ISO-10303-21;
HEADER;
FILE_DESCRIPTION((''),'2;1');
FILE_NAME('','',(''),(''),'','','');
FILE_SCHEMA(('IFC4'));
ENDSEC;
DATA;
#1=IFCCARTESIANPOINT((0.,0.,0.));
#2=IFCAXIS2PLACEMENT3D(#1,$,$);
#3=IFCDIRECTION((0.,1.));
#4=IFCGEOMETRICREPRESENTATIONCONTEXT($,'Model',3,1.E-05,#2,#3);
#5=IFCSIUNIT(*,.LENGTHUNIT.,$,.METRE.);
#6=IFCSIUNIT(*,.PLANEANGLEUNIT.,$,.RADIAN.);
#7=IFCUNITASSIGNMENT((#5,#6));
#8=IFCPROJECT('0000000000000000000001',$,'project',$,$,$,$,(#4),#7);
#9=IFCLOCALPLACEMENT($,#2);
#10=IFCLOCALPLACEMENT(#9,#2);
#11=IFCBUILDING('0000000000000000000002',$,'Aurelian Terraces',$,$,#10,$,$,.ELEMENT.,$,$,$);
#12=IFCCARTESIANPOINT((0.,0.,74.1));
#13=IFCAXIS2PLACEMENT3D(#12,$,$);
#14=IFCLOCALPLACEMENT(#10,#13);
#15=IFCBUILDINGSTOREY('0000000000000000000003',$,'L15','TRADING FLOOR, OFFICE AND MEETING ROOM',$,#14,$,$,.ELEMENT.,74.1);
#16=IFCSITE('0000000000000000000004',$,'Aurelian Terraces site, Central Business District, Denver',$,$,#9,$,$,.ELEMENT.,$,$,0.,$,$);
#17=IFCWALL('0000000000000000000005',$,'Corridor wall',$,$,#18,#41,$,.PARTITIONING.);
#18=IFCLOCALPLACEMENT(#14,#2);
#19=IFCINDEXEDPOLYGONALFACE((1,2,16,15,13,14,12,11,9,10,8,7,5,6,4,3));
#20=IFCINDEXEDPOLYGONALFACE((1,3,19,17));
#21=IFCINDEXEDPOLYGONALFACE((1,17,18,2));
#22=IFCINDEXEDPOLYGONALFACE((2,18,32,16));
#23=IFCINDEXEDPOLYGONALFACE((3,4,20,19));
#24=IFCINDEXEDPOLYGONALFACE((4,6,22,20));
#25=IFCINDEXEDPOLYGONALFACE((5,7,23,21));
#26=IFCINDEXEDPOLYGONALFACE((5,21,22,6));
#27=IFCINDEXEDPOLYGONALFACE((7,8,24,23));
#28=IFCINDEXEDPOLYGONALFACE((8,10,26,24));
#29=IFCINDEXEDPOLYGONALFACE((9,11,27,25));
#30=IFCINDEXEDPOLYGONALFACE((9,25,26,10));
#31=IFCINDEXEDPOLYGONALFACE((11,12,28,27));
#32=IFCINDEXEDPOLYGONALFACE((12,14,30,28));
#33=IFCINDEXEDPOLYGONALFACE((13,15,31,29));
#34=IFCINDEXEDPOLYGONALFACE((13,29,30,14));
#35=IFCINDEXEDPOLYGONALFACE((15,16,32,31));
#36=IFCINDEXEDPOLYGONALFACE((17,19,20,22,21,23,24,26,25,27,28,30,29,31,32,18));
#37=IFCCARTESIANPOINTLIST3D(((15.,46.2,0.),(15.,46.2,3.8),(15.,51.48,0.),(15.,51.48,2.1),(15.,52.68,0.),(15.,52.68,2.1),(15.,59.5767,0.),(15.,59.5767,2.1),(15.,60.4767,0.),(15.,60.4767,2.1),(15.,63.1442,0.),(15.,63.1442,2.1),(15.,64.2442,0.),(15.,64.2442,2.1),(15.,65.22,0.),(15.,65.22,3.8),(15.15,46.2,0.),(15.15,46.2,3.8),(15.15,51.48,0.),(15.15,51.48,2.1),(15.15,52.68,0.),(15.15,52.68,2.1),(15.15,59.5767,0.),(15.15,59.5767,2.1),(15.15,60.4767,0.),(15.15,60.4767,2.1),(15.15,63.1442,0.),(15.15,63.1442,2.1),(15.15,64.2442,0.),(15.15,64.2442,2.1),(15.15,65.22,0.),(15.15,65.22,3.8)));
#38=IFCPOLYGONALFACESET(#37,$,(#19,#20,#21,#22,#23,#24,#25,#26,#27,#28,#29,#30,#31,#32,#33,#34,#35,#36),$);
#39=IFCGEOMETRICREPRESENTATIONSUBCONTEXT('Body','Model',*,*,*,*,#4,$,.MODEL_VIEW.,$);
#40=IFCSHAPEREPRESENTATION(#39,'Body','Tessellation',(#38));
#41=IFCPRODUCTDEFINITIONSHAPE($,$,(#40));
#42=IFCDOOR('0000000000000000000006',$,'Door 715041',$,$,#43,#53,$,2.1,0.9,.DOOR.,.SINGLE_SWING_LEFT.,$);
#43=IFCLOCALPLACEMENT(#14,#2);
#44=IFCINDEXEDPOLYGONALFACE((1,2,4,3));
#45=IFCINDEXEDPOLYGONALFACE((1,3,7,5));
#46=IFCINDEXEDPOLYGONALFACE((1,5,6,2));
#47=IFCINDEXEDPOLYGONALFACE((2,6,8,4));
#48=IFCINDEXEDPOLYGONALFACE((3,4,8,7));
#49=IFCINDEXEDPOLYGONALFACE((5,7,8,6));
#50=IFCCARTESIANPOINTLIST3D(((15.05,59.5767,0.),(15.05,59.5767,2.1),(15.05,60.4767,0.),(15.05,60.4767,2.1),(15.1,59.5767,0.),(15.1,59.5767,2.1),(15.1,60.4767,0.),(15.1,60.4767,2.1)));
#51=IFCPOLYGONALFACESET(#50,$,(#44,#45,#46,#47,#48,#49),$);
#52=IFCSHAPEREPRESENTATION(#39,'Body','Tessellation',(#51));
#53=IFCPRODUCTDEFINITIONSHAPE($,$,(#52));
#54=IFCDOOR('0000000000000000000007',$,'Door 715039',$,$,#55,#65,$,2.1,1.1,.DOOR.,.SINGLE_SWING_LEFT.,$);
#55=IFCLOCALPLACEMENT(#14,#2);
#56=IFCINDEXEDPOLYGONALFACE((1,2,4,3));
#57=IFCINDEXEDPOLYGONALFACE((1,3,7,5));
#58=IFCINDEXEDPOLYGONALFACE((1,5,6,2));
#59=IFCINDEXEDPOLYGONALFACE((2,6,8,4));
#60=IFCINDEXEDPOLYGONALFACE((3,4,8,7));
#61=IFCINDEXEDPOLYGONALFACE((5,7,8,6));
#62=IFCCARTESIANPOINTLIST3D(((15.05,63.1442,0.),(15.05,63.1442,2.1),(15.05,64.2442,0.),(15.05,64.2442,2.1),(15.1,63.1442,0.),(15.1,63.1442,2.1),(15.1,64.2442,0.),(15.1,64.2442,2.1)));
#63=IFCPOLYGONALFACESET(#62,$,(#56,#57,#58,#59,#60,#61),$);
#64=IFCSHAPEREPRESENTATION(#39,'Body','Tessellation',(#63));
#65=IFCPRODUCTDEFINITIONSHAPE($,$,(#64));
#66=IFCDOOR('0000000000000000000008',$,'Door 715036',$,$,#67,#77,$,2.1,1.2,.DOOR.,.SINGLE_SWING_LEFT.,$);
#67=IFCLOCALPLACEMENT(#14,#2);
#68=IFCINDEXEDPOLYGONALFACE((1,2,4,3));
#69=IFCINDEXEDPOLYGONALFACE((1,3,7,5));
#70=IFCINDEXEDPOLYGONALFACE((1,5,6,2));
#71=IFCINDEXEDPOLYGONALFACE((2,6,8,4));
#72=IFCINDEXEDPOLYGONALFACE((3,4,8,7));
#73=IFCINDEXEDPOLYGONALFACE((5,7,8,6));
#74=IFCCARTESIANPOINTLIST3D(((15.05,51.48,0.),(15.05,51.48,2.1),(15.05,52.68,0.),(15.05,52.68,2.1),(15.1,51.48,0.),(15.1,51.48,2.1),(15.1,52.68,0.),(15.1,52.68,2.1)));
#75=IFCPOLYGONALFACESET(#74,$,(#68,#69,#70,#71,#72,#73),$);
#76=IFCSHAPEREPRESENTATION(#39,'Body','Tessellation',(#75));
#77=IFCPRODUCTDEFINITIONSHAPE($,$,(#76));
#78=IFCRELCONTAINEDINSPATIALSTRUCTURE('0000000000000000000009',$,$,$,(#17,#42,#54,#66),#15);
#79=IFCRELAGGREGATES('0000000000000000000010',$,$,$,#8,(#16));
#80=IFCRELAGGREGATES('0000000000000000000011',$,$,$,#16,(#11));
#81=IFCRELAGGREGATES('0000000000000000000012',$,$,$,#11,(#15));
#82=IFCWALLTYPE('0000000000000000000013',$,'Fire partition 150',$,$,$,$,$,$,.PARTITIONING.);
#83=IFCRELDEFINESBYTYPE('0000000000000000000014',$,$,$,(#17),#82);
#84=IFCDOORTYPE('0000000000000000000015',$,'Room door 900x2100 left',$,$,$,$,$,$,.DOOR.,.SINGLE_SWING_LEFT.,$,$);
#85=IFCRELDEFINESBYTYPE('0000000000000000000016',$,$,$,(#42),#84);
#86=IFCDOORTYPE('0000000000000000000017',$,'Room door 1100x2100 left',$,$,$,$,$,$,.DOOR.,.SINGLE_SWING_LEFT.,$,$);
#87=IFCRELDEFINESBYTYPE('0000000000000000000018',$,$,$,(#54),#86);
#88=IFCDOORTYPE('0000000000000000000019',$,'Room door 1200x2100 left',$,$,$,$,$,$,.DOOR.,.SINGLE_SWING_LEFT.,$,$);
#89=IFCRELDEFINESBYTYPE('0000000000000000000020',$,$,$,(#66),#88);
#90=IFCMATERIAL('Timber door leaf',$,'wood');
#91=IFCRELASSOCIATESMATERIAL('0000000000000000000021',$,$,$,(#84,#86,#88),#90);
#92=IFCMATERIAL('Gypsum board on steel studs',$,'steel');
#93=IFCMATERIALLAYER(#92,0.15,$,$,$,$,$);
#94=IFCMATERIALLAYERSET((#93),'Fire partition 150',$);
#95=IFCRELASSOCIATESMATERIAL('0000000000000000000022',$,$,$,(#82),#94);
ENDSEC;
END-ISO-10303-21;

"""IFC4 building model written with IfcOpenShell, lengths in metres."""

from ifc_helpers import new_model, si_unit, direction, frame, frame_2d, origin, place, context, subcontext, project, spatial, rectangle, extrude, source, transform, mapped, material, layer, layer_set, type_object, element, fill, save


model = new_model("IFC4")

# Units and contexts
model_context = context("Model", 3, precision=1e-05, world=origin(), true_north=direction((0.0, 1.0)))
body_context = subcontext(model_context, "Body", "Model", "MODEL_VIEW")
ifc_project = project(units=[si_unit("LENGTHUNIT", "METRE"), si_unit("PLANEANGLEUNIT", "RADIAN")], contexts=[model_context])

# Site, building, storey
site_placement = place(None, origin())
site = spatial("IfcSite", under=ifc_project, at=site_placement, Name="Aurelian Terraces site, Central Business District, Denver", CompositionType="ELEMENT", RefElevation=0.0)
building_placement = place(site_placement, origin())
building = spatial("IfcBuilding", under=site, at=building_placement, Name="Aurelian Terraces", CompositionType="ELEMENT")
storey_placement = place(building_placement, frame((0.0, 0.0, 74.1)))
storey = spatial("IfcBuildingStorey", under=building, at=storey_placement, Name="L15", Description="TRADING FLOOR, OFFICE AND MEETING ROOM", CompositionType="ELEMENT", Elevation=74.1)

# Shared definitions
ifc_material_1 = material(Name="Gypsum board on steel studs", Category="steel")

# Wall, openings, doors
shared_shape_1 = source(origin(), body_context, "Body", "SweptSolid", [
    extrude(rectangle(XDim=19.02, YDim=0.15, at=frame_2d((9.51, 0.0))), origin(), (0.0, 0.0, 1.0), 3.8),
])
shared_shape_2 = source(origin(), body_context, "Body", "SweptSolid", [
    extrude(rectangle(XDim=0.9, YDim=2.1, at=frame_2d((0.45, 1.05))), frame((0.0, 0.085, 0.0), z_axis=(0.0, -1.0, 0.0), x_axis=(1.0, 0.0, 0.0)), (0.0, 0.0, 1.0), 0.17),
])
ifc_material_2 = material(Name="Timber door leaf", Category="wood")
shared_shape_3 = source(origin(), body_context, "Body", "SweptSolid", [
    extrude(rectangle(XDim=0.9, YDim=2.1, at=frame_2d((0.45, 1.05))), frame((0.0, 0.025, 0.0), z_axis=(0.0, -1.0, 0.0), x_axis=(1.0, 0.0, 0.0)), (0.0, 0.0, 1.0), 0.05),
])
door_type_1 = type_object("IfcDoorType", Name="Room door 900x2100 left", OperationType="SINGLE_SWING_LEFT", PredefinedType="DOOR", material=ifc_material_2)
ifc_layer_1 = layer(ifc_material_1, 0.15)
ifc_layer_set_1 = layer_set([ifc_layer_1], Name="Fire partition 150")
wall_type_1 = type_object("IfcWallType", Name="Fire partition 150", PredefinedType="PARTITIONING", material=ifc_layer_set_1)
wall_1_placement = place(storey_placement, frame((15.075, 46.2, 0.0), z_axis=(0.0, 0.0, 1.0), x_axis=(0.0, 1.0, 0.0)))
wall_1 = element("IfcWall", 1, at=wall_1_placement, inside=storey, type_object=wall_type_1, Name="Corridor wall", PredefinedType="PARTITIONING", context=body_context, shape_type="MappedRepresentation", body=[
    mapped(shared_shape_1, transform((0.0, 0.0, 0.0), scale=1.0)),
])
shared_shape_4 = source(origin(), body_context, "Body", "SweptSolid", [
    extrude(rectangle(XDim=1.2, YDim=2.1, at=frame_2d((0.6, 1.05))), frame((0.0, 0.085, 0.0), z_axis=(0.0, -1.0, 0.0), x_axis=(1.0, 0.0, 0.0)), (0.0, 0.0, 1.0), 0.17),
])
opening_1_placement = place(wall_1_placement, frame((5.28, 0.0, 0.0)))
opening_1 = element("IfcOpeningElement", 2, at=opening_1_placement, cuts=wall_1, PredefinedType="OPENING", context=body_context, shape_type="MappedRepresentation", body=[
    mapped(shared_shape_4, transform((0.0, 0.0, 0.0), scale=1.0)),
])
shared_shape_5 = source(origin(), body_context, "Body", "SweptSolid", [
    extrude(rectangle(XDim=1.1, YDim=2.1, at=frame_2d((0.55, 1.05))), frame((0.0, 0.085, 0.0), z_axis=(0.0, -1.0, 0.0), x_axis=(1.0, 0.0, 0.0)), (0.0, 0.0, 1.0), 0.17),
])
opening_2_placement = place(wall_1_placement, frame((16.9442, 0.0, 0.0)))
opening_2 = element("IfcOpeningElement", 3, at=opening_2_placement, cuts=wall_1, PredefinedType="OPENING", context=body_context, shape_type="MappedRepresentation", body=[
    mapped(shared_shape_5, transform((0.0, 0.0, 0.0), scale=1.0)),
])
opening_3_placement = place(wall_1_placement, frame((13.3767, 0.0, 0.0)))
opening_3 = element("IfcOpeningElement", 4, at=opening_3_placement, cuts=wall_1, PredefinedType="OPENING", context=body_context, shape_type="MappedRepresentation", body=[
    mapped(shared_shape_2, transform((0.0, 0.0, 0.0), scale=1.0)),
])
door_1_placement = place(opening_3_placement, origin())
door_1 = element("IfcDoor", 5, at=door_1_placement, inside=storey, type_object=door_type_1, Name="Door 715041", OperationType="SINGLE_SWING_LEFT", OverallHeight=2.1, OverallWidth=0.9, PredefinedType="DOOR", context=body_context, shape_type="MappedRepresentation", body=[
    mapped(shared_shape_3, transform((0.0, 0.0, 0.0), scale=1.0)),
])
fill(opening_3, door_1)
door_type_2 = type_object("IfcDoorType", Name="Room door 1100x2100 left", OperationType="SINGLE_SWING_LEFT", PredefinedType="DOOR", material=ifc_material_2)
shared_shape_6 = source(origin(), body_context, "Body", "SweptSolid", [
    extrude(rectangle(XDim=1.1, YDim=2.1, at=frame_2d((0.55, 1.05))), frame((0.0, 0.025, 0.0), z_axis=(0.0, -1.0, 0.0), x_axis=(1.0, 0.0, 0.0)), (0.0, 0.0, 1.0), 0.05),
])
door_2_placement = place(opening_2_placement, origin())
door_2 = element("IfcDoor", 6, at=door_2_placement, inside=storey, type_object=door_type_2, Name="Door 715039", OperationType="SINGLE_SWING_LEFT", OverallHeight=2.1, OverallWidth=1.1, PredefinedType="DOOR", context=body_context, shape_type="MappedRepresentation", body=[
    mapped(shared_shape_6, transform((0.0, 0.0, 0.0), scale=1.0)),
])
fill(opening_2, door_2)
door_type_3 = type_object("IfcDoorType", Name="Room door 1200x2100 left", OperationType="SINGLE_SWING_LEFT", PredefinedType="DOOR", material=ifc_material_2)
shared_shape_7 = source(origin(), body_context, "Body", "SweptSolid", [
    extrude(rectangle(XDim=1.2, YDim=2.1, at=frame_2d((0.6, 1.05))), frame((0.0, 0.025, 0.0), z_axis=(0.0, -1.0, 0.0), x_axis=(1.0, 0.0, 0.0)), (0.0, 0.0, 1.0), 0.05),
])
door_3_placement = place(opening_1_placement, origin())
door_3 = element("IfcDoor", 7, at=door_3_placement, inside=storey, type_object=door_type_3, Name="Door 715036", OperationType="SINGLE_SWING_LEFT", OverallHeight=2.1, OverallWidth=1.2, PredefinedType="DOOR", context=body_context, shape_type="MappedRepresentation", body=[
    mapped(shared_shape_7, transform((0.0, 0.0, 0.0), scale=1.0)),
])
fill(opening_1, door_3)

save(model, "model.ifc")
